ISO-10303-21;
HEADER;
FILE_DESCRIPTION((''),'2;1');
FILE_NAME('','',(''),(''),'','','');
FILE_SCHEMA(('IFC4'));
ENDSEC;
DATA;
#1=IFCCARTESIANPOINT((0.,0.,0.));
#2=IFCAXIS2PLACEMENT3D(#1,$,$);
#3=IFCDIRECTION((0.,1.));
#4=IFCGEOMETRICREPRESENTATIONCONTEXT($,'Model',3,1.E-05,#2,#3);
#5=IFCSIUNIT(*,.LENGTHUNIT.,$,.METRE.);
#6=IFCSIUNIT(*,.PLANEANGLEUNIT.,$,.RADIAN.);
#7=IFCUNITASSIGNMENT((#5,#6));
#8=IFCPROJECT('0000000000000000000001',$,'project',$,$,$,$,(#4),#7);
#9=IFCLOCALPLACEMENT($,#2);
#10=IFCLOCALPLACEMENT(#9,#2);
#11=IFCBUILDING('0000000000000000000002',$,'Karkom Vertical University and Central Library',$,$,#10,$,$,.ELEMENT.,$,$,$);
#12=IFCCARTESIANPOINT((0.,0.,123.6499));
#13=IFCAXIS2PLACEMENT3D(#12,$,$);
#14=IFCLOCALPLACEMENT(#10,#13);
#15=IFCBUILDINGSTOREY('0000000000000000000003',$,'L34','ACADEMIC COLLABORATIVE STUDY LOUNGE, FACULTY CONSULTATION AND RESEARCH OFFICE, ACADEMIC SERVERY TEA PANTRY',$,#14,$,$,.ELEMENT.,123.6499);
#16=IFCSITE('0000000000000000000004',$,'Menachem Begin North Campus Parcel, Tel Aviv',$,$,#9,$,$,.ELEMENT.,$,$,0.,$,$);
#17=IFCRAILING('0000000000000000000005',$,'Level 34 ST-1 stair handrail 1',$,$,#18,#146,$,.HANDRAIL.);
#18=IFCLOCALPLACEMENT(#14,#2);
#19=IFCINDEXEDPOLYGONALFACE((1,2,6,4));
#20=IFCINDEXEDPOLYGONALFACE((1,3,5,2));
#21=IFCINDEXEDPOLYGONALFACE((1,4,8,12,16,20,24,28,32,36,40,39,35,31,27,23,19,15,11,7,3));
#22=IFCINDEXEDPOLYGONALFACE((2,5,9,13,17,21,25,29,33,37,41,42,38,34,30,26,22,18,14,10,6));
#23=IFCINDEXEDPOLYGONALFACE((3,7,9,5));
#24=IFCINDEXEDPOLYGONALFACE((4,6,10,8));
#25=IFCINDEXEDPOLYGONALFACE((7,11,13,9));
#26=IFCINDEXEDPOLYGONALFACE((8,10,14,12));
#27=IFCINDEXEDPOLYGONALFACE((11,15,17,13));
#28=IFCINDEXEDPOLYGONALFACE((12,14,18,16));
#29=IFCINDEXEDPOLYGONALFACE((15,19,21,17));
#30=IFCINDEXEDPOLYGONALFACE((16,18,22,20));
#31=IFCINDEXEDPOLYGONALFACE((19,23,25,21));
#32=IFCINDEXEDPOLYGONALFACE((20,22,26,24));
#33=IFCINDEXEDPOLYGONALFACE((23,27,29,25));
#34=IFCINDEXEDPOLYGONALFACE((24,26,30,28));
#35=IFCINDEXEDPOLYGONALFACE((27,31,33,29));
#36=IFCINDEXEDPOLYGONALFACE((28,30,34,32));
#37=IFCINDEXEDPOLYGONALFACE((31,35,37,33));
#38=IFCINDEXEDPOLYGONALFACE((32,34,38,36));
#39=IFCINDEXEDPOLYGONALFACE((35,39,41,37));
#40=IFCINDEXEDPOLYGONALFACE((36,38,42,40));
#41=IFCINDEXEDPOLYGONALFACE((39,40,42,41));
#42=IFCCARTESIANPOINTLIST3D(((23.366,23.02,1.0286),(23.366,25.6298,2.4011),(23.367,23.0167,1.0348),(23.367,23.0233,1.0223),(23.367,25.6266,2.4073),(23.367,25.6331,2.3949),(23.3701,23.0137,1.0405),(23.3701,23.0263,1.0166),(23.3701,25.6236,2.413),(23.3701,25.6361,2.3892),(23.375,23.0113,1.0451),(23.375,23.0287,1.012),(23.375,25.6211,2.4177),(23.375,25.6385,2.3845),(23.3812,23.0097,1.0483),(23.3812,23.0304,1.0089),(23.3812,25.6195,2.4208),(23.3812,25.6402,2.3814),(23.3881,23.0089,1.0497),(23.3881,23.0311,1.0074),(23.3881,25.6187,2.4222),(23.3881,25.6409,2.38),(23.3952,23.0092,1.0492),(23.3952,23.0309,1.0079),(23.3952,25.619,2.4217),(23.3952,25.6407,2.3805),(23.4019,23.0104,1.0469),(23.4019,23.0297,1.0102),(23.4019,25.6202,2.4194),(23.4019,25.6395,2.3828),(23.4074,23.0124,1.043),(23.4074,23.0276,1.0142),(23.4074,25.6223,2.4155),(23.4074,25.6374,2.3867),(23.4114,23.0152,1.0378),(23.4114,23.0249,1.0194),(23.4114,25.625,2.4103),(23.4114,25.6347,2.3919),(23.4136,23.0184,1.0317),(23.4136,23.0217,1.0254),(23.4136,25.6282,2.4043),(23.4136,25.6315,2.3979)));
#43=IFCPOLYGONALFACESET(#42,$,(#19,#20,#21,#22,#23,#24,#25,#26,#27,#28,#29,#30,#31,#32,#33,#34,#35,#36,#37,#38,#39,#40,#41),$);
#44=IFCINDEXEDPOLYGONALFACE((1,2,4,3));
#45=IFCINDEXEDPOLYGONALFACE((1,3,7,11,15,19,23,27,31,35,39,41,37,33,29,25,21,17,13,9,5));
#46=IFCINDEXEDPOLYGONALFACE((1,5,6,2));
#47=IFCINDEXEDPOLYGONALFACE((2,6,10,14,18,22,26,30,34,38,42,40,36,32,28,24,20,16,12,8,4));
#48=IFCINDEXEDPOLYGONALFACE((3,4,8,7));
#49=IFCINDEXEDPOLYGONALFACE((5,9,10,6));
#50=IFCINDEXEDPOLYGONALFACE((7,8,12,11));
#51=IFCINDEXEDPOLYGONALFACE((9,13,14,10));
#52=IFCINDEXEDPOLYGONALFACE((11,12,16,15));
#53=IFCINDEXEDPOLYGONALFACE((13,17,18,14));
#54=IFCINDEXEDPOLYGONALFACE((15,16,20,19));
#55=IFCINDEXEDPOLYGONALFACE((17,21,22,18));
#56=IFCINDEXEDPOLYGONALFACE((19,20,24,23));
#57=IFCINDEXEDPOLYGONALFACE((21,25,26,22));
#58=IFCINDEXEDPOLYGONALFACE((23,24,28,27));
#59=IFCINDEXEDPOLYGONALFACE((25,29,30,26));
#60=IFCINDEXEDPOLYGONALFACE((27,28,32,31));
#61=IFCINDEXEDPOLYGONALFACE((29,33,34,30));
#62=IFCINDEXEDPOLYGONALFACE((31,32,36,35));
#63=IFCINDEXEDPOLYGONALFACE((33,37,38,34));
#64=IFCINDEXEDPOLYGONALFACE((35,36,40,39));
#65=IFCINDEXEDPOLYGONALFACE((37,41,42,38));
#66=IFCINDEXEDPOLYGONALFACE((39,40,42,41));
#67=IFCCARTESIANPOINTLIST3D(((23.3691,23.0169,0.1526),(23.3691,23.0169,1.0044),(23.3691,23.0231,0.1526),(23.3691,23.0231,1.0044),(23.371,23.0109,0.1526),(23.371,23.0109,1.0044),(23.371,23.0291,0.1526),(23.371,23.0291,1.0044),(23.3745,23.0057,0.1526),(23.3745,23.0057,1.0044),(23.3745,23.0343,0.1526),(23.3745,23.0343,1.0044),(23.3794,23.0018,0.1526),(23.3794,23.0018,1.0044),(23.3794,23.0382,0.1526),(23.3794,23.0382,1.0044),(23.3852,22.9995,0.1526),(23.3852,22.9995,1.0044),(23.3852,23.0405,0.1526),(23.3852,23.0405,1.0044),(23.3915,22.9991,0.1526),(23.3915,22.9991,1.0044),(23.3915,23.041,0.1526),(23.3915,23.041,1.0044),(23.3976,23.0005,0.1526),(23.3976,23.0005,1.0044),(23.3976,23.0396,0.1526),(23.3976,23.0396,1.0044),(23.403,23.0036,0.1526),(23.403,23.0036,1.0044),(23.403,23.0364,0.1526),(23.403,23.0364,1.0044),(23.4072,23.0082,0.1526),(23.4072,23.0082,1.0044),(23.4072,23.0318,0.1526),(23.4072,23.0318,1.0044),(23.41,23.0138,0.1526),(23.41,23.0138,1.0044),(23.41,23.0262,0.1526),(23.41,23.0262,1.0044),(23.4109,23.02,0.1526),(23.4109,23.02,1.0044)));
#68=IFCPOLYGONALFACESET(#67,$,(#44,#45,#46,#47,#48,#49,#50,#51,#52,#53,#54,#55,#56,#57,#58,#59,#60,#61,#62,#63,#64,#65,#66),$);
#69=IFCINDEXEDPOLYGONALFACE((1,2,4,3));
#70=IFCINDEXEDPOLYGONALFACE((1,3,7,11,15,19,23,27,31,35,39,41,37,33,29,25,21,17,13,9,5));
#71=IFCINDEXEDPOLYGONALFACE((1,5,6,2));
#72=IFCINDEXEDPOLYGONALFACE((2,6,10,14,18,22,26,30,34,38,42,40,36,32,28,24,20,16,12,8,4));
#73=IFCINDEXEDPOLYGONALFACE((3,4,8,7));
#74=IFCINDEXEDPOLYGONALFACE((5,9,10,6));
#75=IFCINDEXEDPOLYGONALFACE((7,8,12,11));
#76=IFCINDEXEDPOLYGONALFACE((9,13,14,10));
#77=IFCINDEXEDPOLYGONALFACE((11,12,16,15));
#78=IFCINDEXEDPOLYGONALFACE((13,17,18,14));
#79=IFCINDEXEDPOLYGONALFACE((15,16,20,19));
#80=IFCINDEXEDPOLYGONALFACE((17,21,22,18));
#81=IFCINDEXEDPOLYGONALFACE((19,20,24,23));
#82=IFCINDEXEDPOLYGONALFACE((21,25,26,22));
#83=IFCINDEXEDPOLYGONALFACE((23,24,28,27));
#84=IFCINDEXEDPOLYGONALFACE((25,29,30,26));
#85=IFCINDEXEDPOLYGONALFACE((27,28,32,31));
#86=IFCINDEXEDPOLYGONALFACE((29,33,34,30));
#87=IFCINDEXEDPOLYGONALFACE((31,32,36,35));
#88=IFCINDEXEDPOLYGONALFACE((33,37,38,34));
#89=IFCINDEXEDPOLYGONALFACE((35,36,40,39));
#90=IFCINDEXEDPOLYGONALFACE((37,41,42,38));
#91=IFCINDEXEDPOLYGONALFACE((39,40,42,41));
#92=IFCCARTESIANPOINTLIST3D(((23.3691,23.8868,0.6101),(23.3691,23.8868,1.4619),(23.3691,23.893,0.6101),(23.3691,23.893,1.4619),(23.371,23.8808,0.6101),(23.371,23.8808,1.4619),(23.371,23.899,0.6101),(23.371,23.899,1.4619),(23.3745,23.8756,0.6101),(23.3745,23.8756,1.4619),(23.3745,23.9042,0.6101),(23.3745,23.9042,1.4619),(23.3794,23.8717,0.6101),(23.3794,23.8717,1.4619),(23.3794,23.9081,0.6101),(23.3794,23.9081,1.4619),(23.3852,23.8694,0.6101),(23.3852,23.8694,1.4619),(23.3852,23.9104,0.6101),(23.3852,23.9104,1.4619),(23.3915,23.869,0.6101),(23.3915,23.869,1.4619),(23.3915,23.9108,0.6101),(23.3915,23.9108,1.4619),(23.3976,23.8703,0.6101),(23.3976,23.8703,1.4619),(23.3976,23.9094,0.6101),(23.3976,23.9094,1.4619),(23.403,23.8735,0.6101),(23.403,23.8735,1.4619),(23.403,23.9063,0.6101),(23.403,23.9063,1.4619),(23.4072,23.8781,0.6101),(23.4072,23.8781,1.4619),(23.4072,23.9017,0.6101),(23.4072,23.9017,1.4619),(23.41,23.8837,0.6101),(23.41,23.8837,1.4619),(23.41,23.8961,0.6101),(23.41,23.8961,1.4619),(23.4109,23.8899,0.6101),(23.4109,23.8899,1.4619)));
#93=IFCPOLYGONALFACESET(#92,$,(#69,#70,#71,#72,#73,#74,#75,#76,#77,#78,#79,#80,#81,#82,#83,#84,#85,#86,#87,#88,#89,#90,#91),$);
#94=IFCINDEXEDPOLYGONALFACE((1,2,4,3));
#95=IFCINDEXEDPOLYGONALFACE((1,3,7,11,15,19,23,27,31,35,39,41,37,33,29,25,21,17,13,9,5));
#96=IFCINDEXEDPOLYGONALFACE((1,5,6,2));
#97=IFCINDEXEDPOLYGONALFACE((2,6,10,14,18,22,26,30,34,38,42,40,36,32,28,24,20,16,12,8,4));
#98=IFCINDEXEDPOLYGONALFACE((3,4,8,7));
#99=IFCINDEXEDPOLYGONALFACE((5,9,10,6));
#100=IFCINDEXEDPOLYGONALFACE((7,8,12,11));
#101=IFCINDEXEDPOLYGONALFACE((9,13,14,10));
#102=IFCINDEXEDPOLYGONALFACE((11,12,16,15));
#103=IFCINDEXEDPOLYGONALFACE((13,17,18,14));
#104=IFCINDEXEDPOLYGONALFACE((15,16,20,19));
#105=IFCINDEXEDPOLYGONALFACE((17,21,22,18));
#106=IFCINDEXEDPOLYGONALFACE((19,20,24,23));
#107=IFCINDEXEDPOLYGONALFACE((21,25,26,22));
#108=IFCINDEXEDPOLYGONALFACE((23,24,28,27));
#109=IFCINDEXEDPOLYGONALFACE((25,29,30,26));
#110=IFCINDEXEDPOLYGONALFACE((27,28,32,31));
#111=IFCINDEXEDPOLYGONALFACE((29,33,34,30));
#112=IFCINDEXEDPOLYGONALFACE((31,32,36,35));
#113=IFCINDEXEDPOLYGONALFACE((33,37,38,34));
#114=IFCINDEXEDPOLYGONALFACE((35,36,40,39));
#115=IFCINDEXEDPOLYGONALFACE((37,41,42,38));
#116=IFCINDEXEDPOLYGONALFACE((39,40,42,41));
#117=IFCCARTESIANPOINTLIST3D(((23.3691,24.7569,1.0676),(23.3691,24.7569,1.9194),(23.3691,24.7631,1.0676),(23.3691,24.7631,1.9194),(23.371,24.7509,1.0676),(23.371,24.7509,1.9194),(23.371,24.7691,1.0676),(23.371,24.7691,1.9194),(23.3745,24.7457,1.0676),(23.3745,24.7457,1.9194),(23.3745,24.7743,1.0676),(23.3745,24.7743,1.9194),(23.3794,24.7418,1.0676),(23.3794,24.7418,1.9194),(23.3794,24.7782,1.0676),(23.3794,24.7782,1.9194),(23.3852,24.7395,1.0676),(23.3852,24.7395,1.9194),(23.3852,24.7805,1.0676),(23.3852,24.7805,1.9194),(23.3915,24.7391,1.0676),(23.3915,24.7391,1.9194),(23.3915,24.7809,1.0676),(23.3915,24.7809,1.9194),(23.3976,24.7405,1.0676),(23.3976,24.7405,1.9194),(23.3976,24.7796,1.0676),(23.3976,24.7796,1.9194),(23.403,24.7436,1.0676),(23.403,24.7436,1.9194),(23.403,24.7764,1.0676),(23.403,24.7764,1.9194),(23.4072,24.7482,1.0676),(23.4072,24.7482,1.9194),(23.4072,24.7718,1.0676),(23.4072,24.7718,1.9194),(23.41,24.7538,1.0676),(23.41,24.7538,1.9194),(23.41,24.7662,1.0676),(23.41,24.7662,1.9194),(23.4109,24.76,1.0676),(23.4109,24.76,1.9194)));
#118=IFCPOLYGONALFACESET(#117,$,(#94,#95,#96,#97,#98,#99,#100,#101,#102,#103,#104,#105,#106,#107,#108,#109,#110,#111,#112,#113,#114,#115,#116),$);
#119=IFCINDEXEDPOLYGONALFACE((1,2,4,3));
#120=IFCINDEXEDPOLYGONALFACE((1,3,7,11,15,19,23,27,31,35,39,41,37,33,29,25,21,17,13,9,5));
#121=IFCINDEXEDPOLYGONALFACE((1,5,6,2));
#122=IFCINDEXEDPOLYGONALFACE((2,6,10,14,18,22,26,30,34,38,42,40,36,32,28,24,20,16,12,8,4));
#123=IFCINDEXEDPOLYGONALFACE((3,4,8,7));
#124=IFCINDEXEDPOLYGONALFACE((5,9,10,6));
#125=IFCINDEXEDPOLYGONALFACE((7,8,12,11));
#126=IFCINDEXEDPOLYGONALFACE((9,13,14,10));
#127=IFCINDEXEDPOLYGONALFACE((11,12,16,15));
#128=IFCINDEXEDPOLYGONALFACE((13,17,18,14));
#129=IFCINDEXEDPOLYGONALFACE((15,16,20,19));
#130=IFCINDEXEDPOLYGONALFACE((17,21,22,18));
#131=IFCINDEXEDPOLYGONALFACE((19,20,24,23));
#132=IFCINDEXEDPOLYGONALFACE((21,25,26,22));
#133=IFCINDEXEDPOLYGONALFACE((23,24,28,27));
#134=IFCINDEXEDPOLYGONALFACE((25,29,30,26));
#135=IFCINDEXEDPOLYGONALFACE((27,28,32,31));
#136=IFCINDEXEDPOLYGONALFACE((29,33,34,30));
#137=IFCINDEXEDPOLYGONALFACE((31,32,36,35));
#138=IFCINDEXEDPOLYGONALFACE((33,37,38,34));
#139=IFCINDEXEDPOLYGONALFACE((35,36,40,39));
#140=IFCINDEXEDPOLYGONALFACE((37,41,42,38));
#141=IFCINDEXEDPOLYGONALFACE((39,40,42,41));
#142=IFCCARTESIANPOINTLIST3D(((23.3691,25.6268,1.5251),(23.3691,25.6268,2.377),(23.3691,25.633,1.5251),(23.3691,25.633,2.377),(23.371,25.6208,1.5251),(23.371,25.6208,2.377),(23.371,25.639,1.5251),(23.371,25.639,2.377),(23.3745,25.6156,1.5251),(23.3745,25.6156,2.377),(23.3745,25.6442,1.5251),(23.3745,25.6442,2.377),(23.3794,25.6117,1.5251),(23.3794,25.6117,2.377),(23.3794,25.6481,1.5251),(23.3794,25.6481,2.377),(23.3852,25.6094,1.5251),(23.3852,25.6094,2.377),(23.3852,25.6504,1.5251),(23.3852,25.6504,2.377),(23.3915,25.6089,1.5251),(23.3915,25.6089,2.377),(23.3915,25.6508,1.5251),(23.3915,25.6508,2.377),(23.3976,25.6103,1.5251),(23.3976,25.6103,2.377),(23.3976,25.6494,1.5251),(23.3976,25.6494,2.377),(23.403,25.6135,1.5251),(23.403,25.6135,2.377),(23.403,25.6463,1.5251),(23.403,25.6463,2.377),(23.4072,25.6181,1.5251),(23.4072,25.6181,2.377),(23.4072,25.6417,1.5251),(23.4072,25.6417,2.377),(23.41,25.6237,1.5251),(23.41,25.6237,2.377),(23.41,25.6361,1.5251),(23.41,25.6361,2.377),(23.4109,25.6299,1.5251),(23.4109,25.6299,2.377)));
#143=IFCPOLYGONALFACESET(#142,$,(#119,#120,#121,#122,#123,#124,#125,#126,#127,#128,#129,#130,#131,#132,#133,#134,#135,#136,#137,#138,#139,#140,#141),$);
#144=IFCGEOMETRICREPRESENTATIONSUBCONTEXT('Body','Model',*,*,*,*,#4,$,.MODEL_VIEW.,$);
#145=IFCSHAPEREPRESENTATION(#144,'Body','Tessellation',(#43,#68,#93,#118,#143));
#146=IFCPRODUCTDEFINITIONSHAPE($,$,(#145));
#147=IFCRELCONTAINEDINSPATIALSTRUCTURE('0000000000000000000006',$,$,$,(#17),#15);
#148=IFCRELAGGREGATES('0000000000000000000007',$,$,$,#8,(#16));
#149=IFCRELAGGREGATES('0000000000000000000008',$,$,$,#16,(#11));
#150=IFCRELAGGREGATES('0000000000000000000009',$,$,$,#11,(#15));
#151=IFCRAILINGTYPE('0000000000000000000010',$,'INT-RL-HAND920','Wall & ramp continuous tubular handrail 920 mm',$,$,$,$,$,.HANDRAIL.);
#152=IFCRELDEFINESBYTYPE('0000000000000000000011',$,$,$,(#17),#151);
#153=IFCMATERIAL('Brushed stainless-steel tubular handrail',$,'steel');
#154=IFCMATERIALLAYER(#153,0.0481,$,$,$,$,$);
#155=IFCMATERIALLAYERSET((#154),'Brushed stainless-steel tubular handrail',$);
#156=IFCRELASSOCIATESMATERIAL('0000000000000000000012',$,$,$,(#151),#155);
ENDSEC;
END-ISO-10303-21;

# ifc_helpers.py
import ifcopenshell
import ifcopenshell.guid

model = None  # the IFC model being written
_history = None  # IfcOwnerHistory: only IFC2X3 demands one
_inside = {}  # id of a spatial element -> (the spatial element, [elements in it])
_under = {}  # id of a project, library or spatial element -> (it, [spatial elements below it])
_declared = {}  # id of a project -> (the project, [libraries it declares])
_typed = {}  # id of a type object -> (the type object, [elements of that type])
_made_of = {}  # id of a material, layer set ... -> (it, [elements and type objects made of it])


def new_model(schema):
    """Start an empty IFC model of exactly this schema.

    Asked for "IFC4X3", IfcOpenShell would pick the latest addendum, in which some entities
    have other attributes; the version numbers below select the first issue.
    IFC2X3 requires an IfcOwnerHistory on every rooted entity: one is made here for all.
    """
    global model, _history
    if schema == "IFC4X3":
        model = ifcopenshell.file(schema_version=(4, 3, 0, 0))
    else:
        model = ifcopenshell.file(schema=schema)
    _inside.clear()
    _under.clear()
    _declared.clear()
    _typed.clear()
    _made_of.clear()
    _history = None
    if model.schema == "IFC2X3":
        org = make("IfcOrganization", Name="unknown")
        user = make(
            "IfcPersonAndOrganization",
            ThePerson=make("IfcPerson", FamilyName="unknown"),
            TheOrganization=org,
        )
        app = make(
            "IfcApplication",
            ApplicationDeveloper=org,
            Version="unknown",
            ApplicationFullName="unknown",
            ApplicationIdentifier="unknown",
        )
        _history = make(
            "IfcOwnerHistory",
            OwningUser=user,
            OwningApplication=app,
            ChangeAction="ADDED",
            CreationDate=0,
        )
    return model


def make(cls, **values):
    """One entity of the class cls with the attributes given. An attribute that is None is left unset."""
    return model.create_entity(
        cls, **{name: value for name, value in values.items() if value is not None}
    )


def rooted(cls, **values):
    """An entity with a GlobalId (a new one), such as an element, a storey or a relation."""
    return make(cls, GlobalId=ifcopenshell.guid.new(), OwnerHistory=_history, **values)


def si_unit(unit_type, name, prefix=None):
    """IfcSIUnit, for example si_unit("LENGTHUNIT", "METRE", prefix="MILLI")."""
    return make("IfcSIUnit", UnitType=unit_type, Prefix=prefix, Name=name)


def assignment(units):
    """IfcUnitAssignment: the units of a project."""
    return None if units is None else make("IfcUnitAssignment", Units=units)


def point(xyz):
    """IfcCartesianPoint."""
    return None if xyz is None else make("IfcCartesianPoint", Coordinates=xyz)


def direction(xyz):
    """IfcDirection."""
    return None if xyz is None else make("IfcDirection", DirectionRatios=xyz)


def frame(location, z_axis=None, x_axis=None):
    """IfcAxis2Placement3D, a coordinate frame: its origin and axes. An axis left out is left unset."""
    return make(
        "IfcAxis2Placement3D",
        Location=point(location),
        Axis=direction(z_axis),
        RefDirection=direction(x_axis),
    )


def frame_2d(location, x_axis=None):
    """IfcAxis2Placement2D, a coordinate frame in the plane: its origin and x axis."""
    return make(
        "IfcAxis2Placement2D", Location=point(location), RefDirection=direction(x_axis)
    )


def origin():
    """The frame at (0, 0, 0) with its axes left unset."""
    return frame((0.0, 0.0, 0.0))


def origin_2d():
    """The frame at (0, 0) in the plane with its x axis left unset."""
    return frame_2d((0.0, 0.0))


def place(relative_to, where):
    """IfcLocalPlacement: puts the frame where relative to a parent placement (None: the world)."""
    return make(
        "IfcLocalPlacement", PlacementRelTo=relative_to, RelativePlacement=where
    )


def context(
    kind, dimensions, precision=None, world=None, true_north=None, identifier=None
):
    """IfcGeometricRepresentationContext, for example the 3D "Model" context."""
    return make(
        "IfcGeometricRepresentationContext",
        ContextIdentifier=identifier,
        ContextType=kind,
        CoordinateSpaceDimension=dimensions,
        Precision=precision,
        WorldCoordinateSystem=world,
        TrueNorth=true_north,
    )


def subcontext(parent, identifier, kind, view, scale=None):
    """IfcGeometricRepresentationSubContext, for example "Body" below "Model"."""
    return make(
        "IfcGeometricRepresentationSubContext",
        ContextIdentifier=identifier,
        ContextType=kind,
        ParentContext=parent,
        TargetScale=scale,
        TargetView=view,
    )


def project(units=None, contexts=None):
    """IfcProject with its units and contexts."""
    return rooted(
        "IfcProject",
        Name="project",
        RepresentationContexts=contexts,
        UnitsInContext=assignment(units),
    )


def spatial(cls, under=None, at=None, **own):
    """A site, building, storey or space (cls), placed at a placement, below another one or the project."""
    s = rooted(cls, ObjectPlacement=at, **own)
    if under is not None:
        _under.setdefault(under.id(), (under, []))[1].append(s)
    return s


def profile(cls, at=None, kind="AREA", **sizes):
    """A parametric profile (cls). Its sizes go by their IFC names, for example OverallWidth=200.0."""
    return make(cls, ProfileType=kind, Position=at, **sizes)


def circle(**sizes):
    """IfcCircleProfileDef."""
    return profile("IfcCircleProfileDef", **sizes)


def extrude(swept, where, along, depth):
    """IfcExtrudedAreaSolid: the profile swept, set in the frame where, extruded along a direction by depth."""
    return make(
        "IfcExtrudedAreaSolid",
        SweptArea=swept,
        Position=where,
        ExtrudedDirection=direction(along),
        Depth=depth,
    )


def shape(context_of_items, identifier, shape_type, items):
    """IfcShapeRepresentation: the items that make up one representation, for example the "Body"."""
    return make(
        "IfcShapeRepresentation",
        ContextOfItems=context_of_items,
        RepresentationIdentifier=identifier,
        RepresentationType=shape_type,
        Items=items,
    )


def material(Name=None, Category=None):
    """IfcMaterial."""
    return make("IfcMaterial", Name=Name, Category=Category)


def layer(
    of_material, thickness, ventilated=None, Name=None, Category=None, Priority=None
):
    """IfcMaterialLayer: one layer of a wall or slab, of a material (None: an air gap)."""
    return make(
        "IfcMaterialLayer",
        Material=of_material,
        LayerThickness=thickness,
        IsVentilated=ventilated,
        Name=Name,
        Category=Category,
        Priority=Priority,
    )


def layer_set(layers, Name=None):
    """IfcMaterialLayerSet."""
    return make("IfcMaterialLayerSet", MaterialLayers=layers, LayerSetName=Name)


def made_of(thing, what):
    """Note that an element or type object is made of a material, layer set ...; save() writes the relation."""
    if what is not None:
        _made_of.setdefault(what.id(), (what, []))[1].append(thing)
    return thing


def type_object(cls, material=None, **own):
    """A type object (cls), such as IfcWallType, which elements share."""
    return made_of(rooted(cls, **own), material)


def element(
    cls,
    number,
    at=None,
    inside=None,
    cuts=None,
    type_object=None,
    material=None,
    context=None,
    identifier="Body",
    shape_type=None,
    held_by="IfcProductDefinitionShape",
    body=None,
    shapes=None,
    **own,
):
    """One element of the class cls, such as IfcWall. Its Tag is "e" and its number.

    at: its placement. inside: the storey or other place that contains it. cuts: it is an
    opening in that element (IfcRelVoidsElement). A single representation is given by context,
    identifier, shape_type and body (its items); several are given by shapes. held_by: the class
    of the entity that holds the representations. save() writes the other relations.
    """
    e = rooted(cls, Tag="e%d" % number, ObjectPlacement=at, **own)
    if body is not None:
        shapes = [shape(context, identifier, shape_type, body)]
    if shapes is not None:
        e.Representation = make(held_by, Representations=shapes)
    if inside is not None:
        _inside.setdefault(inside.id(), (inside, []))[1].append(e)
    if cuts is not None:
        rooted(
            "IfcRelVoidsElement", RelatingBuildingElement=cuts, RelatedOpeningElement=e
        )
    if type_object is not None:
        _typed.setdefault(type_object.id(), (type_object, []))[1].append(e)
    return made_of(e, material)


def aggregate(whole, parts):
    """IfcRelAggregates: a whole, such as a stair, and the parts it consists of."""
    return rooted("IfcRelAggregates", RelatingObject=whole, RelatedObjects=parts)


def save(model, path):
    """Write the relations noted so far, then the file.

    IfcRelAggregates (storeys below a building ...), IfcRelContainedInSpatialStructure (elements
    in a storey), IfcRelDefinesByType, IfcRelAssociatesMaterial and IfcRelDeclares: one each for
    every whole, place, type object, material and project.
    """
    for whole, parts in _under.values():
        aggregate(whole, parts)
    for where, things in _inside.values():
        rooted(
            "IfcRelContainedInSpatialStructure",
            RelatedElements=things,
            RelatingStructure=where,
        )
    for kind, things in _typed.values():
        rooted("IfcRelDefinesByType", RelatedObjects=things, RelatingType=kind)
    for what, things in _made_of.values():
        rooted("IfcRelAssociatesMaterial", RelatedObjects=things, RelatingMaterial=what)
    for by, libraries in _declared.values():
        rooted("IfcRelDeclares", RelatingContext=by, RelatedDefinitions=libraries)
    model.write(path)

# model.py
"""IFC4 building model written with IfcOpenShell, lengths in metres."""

from ifc_helpers import new_model, si_unit, direction, frame, origin, origin_2d, place, context, subcontext, project, spatial, circle, extrude, material, layer, layer_set, type_object, element, save


model = new_model("IFC4")

# Units and contexts
model_context = context("Model", 3, precision=1e-05, world=origin(), true_north=direction((0.0, 1.0)))
body_context = subcontext(model_context, "Body", "Model", "MODEL_VIEW")
ifc_project = project(units=[si_unit("LENGTHUNIT", "METRE"), si_unit("PLANEANGLEUNIT", "RADIAN")], contexts=[model_context])

# Site, building, storey
site_placement = place(None, origin())
site = spatial("IfcSite", under=ifc_project, at=site_placement, Name="Menachem Begin North Campus Parcel, Tel Aviv", CompositionType="ELEMENT", RefElevation=0.0)
building_placement = place(site_placement, origin())
building = spatial("IfcBuilding", under=site, at=building_placement, Name="Karkom Vertical University and Central Library", CompositionType="ELEMENT")
storey_placement = place(building_placement, frame((0.0, 0.0, 123.6499)))
storey = spatial("IfcBuildingStorey", under=building, at=storey_placement, Name="L34", Description="ACADEMIC COLLABORATIVE STUDY LOUNGE, FACULTY CONSULTATION AND RESEARCH OFFICE, ACADEMIC SERVERY TEA PANTRY", CompositionType="ELEMENT", Elevation=123.6499)

# Railing
ifc_material_1 = material(Name="Brushed stainless-steel tubular handrail", Category="steel")
ifc_layer_1 = layer(ifc_material_1, 0.0481)
ifc_layer_set_1 = layer_set([ifc_layer_1], Name="Brushed stainless-steel tubular handrail")
railing_type_1 = type_object("IfcRailingType", Name="INT-RL-HAND920", Description="Wall & ramp continuous tubular handrail 920 mm", PredefinedType="HANDRAIL", material=ifc_layer_set_1)
railing_1_placement = place(storey_placement, frame((23.3899, 23.02, 0.1526)))
element("IfcRailing", 1, at=railing_1_placement, inside=storey, type_object=railing_type_1, Name="Level 34 ST-1 stair handrail 1", PredefinedType="HANDRAIL", context=body_context, shape_type="SweptSolid", body=[
    extrude(circle(Radius=0.0239, at=origin_2d()), frame((0.0, 0.0, 0.876), z_axis=(0.0, 0.885065, 0.465467), x_axis=(-1.0, 0.0, 0.0)), (0.0, 0.0, 1.0), 2.9487),
    extrude(circle(Radius=0.021, at=origin_2d()), origin(), (0.0, 0.0, 1.0), 0.8518),
    extrude(circle(Radius=0.021, at=origin_2d()), frame((0.0, 0.8699, 0.4575)), (0.0, 0.0, 1.0), 0.8518),
    extrude(circle(Radius=0.021, at=origin_2d()), frame((0.0, 1.74, 0.915)), (0.0, 0.0, 1.0), 0.8518),
    extrude(circle(Radius=0.021, at=origin_2d()), frame((0.0, 2.6099, 1.3726)), (0.0, 0.0, 1.0), 0.8518),
])

save(model, "model.ifc")
